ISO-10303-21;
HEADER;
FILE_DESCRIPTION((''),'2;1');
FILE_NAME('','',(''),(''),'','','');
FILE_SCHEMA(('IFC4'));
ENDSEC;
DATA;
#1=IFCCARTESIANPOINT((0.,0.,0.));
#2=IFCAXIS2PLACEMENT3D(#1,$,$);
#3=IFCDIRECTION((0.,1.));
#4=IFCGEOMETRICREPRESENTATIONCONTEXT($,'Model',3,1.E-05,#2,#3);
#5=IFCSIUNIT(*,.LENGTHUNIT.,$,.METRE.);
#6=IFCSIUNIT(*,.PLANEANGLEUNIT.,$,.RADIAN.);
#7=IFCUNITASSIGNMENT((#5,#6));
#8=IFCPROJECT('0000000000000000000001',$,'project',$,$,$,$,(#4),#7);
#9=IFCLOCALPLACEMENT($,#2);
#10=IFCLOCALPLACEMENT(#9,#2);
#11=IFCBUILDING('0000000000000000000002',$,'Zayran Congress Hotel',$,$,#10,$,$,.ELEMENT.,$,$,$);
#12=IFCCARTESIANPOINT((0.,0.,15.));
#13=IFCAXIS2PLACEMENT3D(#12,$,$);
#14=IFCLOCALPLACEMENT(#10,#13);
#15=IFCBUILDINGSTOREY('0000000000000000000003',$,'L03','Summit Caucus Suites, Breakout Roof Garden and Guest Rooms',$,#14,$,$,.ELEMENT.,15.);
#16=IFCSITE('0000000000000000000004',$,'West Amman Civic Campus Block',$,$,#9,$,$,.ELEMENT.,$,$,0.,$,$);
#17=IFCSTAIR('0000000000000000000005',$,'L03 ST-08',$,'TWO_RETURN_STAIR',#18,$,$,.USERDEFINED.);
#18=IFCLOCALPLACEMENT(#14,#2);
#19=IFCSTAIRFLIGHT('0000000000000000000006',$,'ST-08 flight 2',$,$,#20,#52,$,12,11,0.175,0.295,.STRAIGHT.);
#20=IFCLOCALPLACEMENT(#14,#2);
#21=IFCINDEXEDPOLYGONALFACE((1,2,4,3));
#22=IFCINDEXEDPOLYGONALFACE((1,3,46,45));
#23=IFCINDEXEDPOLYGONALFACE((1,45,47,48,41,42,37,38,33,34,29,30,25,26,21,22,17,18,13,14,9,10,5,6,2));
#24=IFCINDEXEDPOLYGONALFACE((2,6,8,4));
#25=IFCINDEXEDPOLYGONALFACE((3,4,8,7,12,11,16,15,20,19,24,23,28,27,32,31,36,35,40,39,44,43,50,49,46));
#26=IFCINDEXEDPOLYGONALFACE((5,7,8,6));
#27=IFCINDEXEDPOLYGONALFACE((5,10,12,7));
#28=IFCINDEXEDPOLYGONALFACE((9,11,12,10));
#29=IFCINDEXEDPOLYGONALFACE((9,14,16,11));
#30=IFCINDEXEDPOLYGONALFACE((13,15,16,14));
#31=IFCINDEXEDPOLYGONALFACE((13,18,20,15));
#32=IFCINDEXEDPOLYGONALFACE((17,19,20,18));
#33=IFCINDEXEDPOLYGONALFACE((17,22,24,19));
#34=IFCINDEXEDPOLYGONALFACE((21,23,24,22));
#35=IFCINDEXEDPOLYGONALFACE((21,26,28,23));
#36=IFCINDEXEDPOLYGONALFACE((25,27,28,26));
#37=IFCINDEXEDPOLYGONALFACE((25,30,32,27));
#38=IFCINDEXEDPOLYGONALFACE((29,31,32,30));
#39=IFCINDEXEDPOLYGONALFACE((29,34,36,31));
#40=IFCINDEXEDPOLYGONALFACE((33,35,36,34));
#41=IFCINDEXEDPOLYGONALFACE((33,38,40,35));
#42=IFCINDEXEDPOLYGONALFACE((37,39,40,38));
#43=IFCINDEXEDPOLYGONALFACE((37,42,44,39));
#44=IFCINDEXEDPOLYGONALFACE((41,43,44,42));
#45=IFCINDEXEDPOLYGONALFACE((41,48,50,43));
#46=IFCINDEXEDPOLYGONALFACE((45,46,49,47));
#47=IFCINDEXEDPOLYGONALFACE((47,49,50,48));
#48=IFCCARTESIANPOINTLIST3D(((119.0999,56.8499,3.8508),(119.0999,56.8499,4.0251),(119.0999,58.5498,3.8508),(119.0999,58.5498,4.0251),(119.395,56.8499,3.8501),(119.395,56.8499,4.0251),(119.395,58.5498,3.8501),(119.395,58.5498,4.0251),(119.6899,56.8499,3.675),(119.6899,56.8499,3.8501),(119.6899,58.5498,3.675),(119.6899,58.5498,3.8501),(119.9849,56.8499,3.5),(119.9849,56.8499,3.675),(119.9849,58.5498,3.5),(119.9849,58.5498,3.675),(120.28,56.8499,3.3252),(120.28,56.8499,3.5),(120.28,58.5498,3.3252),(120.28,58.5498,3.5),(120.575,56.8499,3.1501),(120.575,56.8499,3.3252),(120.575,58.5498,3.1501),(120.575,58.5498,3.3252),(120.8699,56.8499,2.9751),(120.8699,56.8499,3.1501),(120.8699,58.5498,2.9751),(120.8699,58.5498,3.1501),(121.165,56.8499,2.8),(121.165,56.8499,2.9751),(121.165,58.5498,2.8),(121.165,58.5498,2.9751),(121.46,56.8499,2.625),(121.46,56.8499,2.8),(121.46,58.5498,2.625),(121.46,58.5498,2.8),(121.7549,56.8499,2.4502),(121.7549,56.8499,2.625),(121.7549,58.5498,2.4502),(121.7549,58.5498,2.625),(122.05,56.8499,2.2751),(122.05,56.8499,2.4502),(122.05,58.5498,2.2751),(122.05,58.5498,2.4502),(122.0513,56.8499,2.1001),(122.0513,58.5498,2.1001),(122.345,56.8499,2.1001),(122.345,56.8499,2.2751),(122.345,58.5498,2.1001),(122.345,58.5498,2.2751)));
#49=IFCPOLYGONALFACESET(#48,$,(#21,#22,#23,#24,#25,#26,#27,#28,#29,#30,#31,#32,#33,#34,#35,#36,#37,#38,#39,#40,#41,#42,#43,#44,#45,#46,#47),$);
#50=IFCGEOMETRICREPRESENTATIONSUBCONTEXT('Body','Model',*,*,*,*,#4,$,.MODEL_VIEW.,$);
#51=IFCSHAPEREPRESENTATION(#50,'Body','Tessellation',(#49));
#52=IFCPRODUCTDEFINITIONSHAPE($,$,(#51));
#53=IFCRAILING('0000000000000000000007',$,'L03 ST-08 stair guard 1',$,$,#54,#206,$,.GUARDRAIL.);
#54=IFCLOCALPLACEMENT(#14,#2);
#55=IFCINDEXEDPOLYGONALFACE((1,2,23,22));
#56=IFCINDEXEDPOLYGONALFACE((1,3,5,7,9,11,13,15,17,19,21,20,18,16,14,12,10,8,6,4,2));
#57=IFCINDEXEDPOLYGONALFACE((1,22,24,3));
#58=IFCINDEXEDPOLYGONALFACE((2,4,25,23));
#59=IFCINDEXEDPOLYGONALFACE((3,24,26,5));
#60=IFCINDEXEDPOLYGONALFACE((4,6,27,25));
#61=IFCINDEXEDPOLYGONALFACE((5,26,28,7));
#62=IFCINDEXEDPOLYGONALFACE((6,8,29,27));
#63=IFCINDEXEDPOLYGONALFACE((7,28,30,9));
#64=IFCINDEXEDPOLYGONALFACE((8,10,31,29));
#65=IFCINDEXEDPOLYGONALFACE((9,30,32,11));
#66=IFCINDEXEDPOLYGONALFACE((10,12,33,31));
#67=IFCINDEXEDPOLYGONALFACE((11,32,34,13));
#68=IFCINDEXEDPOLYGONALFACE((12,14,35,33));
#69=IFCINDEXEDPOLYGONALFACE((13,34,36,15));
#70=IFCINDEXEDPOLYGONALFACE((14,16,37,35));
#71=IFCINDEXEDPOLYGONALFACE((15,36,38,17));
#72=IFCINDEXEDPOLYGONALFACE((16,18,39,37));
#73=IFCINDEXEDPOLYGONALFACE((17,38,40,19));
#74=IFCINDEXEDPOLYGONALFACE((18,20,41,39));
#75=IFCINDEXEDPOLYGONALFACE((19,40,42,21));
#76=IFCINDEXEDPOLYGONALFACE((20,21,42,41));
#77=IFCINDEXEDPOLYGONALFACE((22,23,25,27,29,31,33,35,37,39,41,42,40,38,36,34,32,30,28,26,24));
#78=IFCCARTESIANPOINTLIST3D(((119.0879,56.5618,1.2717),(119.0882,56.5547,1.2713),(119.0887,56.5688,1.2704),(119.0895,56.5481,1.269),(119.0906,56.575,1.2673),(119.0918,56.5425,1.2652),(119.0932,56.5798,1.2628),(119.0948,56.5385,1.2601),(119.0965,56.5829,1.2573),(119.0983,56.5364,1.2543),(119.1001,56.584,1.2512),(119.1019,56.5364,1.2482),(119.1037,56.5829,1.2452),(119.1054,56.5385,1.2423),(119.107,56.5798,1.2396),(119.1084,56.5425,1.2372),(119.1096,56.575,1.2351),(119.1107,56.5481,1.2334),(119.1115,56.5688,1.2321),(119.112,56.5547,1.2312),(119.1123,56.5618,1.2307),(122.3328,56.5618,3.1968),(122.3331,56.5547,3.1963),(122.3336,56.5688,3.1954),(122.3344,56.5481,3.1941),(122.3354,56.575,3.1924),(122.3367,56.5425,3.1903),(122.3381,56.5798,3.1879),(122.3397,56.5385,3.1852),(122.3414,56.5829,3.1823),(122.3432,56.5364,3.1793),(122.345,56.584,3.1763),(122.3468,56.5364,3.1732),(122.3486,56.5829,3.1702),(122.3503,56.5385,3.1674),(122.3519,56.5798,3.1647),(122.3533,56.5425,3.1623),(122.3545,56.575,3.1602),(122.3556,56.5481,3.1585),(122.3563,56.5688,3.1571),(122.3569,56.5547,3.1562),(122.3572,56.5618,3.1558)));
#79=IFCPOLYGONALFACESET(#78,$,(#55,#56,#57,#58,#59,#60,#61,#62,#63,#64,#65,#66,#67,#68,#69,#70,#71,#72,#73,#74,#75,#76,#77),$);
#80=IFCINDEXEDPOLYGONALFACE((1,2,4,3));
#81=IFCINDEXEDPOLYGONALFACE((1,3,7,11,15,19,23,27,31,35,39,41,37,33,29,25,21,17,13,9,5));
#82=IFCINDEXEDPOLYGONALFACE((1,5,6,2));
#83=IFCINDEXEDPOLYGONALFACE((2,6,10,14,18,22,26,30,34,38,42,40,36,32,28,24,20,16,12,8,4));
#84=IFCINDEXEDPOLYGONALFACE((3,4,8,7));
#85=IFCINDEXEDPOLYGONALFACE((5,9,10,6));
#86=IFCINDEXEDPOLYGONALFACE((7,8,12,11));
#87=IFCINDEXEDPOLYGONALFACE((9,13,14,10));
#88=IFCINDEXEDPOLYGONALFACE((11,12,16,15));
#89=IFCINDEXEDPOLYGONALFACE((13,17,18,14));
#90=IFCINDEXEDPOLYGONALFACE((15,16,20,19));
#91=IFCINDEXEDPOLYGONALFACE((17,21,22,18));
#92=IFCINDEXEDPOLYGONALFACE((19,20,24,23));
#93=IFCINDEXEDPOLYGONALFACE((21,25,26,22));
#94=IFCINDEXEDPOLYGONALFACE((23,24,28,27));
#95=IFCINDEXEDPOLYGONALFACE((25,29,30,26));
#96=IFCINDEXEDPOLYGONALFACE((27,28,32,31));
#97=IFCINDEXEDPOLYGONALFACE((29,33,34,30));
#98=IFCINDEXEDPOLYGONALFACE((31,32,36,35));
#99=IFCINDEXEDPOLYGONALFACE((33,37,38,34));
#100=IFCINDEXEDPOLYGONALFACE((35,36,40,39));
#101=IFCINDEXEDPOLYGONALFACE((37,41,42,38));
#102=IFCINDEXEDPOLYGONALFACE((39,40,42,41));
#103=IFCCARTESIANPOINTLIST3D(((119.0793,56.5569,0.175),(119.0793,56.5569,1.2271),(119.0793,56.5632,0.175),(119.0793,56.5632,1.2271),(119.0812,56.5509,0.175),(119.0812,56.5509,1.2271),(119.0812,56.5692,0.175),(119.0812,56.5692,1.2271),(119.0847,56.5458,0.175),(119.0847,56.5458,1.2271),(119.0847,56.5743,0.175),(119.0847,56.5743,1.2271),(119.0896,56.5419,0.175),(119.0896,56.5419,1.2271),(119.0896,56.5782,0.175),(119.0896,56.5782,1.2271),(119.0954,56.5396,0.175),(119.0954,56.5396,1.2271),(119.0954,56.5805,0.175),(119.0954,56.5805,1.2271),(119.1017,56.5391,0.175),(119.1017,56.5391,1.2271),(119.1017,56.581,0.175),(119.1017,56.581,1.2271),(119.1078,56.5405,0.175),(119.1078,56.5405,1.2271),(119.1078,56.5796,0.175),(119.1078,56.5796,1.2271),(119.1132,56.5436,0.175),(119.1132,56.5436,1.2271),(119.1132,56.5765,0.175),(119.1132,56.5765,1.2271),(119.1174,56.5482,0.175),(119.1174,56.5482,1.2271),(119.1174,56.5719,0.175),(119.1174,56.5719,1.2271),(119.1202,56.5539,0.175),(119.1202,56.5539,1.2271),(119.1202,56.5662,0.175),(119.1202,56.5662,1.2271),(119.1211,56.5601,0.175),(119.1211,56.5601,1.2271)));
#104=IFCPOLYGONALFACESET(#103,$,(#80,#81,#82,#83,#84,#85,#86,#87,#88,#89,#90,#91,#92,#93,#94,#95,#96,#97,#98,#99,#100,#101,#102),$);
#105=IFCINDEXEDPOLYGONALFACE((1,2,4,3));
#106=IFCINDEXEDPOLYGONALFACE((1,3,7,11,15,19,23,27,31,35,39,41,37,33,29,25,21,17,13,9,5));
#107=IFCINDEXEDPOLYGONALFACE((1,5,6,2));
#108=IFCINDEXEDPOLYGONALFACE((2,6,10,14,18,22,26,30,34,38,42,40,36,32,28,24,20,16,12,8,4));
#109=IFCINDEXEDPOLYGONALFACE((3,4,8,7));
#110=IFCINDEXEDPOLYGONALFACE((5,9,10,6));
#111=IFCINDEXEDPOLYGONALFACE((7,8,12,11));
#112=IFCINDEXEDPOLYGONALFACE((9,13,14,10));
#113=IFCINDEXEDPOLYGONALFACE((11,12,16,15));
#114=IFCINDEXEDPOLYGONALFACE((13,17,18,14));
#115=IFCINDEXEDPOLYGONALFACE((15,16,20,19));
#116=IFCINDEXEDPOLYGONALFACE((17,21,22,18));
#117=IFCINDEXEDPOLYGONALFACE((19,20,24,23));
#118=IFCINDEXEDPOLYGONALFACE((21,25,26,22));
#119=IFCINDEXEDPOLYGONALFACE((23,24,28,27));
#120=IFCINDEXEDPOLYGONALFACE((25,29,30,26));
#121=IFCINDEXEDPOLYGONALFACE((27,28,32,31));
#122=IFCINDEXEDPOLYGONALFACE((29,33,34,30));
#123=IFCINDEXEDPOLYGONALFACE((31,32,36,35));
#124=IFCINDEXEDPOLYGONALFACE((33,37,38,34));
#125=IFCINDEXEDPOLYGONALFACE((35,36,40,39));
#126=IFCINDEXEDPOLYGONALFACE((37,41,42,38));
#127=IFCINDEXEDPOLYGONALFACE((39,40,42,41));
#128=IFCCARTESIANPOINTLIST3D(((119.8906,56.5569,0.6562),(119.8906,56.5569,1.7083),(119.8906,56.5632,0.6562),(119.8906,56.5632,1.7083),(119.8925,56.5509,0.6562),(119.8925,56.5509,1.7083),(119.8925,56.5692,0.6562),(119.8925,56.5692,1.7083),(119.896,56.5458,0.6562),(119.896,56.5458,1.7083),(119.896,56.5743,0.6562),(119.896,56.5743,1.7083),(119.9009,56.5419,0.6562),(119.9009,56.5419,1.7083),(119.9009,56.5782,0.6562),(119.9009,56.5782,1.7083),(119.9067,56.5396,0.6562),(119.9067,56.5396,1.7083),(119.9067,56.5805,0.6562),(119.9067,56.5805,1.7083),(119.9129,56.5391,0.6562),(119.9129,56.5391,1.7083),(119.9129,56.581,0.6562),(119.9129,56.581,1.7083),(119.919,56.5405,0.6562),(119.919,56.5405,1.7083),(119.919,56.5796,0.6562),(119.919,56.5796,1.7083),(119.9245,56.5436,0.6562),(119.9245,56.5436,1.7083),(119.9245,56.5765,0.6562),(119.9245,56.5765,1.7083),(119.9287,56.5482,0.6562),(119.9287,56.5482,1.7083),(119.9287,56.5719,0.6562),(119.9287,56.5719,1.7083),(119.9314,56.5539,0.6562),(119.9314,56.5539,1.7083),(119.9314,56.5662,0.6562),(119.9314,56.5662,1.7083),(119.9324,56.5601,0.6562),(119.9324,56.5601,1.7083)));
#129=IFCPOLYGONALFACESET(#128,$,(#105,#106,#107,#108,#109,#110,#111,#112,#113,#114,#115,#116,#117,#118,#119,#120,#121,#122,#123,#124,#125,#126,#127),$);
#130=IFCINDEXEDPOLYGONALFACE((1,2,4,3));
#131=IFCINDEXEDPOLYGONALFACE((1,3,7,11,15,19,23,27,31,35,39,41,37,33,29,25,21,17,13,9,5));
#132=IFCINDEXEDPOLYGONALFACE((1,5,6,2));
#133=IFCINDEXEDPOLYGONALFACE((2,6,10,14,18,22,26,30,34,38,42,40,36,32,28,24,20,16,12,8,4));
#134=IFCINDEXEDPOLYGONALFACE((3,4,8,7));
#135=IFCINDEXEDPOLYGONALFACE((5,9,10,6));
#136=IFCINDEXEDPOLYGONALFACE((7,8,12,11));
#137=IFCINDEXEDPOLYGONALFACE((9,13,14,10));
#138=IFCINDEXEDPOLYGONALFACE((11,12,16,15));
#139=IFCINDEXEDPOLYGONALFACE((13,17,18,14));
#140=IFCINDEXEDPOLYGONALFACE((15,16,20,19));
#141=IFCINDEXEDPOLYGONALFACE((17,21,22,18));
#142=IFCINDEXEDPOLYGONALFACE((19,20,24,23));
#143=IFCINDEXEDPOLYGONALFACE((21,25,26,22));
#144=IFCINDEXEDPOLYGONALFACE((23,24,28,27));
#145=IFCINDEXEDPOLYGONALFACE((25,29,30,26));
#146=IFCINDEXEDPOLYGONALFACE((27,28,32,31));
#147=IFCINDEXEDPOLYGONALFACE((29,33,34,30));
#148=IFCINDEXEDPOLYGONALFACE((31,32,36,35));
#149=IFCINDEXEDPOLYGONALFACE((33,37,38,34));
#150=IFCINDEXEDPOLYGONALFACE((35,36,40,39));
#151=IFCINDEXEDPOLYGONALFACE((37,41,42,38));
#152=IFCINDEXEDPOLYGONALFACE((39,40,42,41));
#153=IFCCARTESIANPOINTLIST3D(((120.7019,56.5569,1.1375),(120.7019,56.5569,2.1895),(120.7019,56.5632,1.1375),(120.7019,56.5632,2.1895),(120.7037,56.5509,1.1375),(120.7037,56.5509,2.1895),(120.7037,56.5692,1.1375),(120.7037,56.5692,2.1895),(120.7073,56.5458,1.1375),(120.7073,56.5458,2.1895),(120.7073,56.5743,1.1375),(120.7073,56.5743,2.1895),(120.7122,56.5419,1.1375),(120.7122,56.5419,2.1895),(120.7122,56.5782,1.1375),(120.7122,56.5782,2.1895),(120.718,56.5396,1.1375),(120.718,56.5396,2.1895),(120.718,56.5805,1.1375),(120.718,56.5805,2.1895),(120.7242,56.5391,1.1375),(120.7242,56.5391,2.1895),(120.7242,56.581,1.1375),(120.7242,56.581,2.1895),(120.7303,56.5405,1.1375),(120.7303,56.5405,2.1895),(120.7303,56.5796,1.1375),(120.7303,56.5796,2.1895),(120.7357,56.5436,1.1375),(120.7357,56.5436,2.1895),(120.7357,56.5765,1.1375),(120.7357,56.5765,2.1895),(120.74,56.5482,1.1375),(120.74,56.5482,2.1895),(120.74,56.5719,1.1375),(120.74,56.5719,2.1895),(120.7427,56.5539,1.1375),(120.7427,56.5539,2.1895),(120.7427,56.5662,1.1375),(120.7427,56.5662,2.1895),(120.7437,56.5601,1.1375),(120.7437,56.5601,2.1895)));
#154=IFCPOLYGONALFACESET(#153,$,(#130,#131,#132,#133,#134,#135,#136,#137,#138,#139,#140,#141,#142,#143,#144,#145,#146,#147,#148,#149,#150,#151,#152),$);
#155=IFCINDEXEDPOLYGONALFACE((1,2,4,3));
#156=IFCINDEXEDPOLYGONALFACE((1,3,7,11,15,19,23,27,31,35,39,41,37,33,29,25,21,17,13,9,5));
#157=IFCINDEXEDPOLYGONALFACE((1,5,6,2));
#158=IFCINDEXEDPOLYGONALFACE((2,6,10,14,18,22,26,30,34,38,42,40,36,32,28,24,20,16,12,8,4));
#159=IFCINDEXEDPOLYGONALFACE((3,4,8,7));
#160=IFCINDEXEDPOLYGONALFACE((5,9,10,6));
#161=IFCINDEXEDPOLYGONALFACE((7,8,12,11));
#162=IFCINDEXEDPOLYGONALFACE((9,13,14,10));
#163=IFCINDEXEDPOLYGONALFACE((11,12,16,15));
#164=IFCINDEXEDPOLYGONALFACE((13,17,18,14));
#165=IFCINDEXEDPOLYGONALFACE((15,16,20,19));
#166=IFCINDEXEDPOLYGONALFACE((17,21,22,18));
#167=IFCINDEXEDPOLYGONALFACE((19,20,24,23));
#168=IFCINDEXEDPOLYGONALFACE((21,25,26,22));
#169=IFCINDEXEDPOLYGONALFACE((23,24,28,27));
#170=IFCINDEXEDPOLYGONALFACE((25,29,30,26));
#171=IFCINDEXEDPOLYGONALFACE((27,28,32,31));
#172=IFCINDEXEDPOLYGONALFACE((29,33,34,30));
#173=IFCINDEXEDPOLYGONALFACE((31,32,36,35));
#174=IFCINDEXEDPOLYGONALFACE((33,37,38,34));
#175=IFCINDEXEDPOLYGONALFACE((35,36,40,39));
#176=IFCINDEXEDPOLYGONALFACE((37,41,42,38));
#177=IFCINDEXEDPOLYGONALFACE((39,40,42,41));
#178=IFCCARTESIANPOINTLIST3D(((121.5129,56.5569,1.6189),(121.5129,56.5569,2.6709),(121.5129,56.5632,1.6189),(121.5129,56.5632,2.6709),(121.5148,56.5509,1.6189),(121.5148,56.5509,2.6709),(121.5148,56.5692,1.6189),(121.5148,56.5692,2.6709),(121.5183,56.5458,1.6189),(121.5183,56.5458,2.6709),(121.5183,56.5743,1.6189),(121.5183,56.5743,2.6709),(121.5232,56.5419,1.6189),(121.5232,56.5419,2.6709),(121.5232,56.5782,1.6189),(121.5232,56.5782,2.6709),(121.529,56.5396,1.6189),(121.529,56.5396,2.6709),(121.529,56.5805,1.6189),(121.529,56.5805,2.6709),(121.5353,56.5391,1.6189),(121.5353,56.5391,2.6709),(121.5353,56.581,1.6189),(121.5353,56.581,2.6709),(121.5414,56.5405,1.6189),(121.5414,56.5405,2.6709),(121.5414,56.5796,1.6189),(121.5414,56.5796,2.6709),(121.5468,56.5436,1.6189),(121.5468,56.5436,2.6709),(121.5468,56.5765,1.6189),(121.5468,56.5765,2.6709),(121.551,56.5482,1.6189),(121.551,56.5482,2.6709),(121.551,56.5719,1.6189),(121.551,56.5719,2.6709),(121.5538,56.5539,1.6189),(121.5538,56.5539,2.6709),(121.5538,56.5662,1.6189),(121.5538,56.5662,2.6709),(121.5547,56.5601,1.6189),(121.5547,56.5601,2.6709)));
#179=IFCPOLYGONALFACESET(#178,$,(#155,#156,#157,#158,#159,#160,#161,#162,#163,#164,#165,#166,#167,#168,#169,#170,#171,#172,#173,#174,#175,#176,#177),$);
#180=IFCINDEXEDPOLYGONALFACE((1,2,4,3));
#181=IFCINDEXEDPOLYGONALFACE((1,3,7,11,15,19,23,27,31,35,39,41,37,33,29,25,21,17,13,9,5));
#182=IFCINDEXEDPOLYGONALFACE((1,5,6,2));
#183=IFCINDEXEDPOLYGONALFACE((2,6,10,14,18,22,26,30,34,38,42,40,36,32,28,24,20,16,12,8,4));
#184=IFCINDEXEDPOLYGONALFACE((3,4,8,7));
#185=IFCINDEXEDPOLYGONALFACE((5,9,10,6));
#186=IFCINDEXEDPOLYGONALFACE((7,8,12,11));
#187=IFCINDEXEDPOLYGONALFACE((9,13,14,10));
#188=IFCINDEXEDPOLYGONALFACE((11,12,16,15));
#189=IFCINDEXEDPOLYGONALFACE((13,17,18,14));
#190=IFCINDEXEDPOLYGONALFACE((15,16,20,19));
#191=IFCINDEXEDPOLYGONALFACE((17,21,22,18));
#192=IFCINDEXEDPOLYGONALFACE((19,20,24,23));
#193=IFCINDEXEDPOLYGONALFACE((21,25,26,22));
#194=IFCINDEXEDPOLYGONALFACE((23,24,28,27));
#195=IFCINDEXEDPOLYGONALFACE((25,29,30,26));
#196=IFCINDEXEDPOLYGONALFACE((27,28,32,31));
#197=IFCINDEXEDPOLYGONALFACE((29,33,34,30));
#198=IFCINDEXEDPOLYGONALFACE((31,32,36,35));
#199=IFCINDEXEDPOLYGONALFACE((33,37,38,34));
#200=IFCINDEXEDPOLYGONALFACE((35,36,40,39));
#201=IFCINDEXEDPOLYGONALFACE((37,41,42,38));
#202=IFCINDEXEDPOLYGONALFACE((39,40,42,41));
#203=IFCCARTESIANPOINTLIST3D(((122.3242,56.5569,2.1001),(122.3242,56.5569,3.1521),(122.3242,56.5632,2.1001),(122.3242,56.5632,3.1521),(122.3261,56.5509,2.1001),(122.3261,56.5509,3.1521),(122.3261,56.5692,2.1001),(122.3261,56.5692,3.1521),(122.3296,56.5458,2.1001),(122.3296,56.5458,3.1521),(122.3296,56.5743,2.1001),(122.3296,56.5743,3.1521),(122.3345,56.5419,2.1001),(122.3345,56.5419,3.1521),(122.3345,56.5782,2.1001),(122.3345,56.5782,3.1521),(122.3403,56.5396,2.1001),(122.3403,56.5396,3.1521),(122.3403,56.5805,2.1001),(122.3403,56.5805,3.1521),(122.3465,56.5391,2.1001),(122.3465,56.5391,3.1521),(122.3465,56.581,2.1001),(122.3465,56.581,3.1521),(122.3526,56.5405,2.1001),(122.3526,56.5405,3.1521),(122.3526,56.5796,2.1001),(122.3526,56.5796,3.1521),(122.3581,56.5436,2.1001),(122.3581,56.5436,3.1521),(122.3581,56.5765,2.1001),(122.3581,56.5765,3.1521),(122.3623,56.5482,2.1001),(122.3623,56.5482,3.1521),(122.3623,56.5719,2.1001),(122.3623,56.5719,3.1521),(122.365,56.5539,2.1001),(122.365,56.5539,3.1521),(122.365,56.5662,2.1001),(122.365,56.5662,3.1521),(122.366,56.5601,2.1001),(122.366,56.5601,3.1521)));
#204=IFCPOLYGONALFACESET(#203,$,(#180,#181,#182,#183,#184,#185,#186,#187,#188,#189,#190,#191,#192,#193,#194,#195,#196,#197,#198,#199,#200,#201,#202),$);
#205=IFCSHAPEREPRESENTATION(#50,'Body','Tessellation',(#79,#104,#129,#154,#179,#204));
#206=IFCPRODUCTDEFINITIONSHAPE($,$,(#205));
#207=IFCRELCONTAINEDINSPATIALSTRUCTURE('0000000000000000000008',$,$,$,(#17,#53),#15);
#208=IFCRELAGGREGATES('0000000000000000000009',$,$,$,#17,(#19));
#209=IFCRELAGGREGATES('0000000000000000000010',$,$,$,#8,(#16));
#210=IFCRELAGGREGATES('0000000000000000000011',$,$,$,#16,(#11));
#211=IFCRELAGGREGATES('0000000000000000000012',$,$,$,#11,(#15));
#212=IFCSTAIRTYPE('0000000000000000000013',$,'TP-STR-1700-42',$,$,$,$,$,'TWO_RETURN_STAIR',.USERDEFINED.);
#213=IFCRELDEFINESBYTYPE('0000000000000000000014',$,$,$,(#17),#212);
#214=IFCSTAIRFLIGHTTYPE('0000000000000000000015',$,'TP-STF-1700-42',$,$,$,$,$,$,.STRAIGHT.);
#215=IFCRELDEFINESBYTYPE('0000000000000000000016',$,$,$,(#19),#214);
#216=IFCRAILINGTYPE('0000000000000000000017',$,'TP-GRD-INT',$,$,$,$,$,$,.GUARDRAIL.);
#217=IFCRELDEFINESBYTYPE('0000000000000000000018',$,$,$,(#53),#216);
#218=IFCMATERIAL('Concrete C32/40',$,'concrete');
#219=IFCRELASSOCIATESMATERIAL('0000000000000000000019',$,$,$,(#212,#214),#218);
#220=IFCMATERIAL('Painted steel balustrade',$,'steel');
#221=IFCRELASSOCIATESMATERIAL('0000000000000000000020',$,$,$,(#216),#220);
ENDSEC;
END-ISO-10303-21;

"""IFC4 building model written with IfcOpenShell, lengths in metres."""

from ifc_helpers import new_model, si_unit, direction, frame, origin, origin_2d, place, context, subcontext, project, spatial, polyline, circle, outline, extrude, material, type_object, element, aggregate, save


model = new_model("IFC4")

# Units and contexts
model_context = context("Model", 3, precision=1e-05, world=origin(), true_north=direction((0.0, 1.0)))
body_context = subcontext(model_context, "Body", "Model", "MODEL_VIEW")
ifc_project = project(units=[si_unit("LENGTHUNIT", "METRE"), si_unit("PLANEANGLEUNIT", "RADIAN")], contexts=[model_context])

# Site, building, storey
site_placement = place(None, origin())
site = spatial("IfcSite", under=ifc_project, at=site_placement, Name="West Amman Civic Campus Block", CompositionType="ELEMENT", RefElevation=0.0)
building_placement = place(site_placement, origin())
building = spatial("IfcBuilding", under=site, at=building_placement, Name="Zayran Congress Hotel", CompositionType="ELEMENT")
storey_placement = place(building_placement, frame((0.0, 0.0, 15.0)))
storey = spatial("IfcBuildingStorey", under=building, at=storey_placement, Name="L03", Description="Summit Caucus Suites, Breakout Roof Garden and Guest Rooms", CompositionType="ELEMENT", Elevation=15.0)

# Stair, stair flight
ifc_material_1 = material(Name="Concrete C32/40", Category="concrete")
stair_type = type_object("IfcStairType", Name="TP-STR-1700-42", ElementType="TWO_RETURN_STAIR", PredefinedType="USERDEFINED", material=ifc_material_1)
stair_placement = place(storey_placement, origin())
stair = element("IfcStair", 1, at=stair_placement, inside=storey, type_object=stair_type, Name="L03 ST-08", ObjectType="TWO_RETURN_STAIR", PredefinedType="USERDEFINED")
stair_flight_type = type_object("IfcStairFlightType", Name="TP-STF-1700-42", PredefinedType="STRAIGHT", material=ifc_material_1)
stair_flight_1_placement = place(storey_placement, frame((122.345, 57.7, 2.1001), z_axis=(0.0, 0.0, 1.0), x_axis=(-1.0, 0.0, 0.0)))
stair_flight_1 = element("IfcStairFlight", 2, at=stair_flight_1_placement, type_object=stair_flight_type, Name="ST-08 flight 2", NumberOfRisers=12, NumberOfTreads=11, PredefinedType="STRAIGHT", RiserHeight=0.175, TreadLength=0.295, context=body_context, shape_type="SweptSolid", body=[
    extrude(outline(polyline([(0.0, 0.0), (0.0, 0.175), (0.2949, 0.175), (0.2949, 0.3501), (0.5901, 0.3501), (0.5901, 0.5249), (0.885, 0.5249), (0.885, 0.7), (1.1799, 0.7), (1.1799, 0.875), (1.4751, 0.875), (1.4751, 1.05), (1.77, 1.05), (1.77, 1.2251), (2.0649, 1.2251), (2.0649, 1.3999), (2.3601, 1.3999), (2.3601, 1.575), (2.655, 1.575), (2.655, 1.75), (2.95, 1.75), (2.95, 1.925), (3.2451, 1.925), (3.2451, 2.1001), (3.2451, 1.7507), (0.2937, 0.0), (0.0, 0.0)])), frame((0.0, 0.8501, 0.0), z_axis=(0.0, -1.0, 0.0), x_axis=(1.0, 0.0, 0.0)), (0.0, 0.0, 1.0), 1.7),
])
aggregate(stair, [stair_flight_1])

# Railing
ifc_material_2 = material(Name="Painted steel balustrade", Category="steel")
railing_type_1 = type_object("IfcRailingType", Name="TP-GRD-INT", PredefinedType="GUARDRAIL", material=ifc_material_2)
railing_1_placement = place(storey_placement, frame((119.1001, 56.5601, 0.175)))
element("IfcRailing", 3, at=railing_1_placement, inside=storey, type_object=railing_type_1, Name="L03 ST-08 stair guard 1", PredefinedType="GUARDRAIL", context=body_context, shape_type="SweptSolid", body=[
    extrude(circle(Radius=0.0239, at=origin_2d()), frame((0.0, 0.0, 1.0762), z_axis=(0.86004, 0.0, 0.510226), x_axis=(0.0, 1.0, 0.0)), (0.0, 0.0, 1.0), 3.7729),
    extrude(circle(Radius=0.021, at=origin_2d()), origin(), (0.0, 0.0, 1.0), 1.052),
    extrude(circle(Radius=0.021, at=origin_2d()), frame((0.8113, 0.0, 0.4812)), (0.0, 0.0, 1.0), 1.052),
    extrude(circle(Radius=0.021, at=origin_2d()), frame((1.6226, 0.0, 0.9624)), (0.0, 0.0, 1.0), 1.052),
    extrude(circle(Radius=0.021, at=origin_2d()), frame((2.4336, 0.0, 1.4438)), (0.0, 0.0, 1.0), 1.052),
    extrude(circle(Radius=0.021, at=origin_2d()), frame((3.2449, 0.0, 1.925)), (0.0, 0.0, 1.0), 1.052),
])

save(model, "model.ifc")
